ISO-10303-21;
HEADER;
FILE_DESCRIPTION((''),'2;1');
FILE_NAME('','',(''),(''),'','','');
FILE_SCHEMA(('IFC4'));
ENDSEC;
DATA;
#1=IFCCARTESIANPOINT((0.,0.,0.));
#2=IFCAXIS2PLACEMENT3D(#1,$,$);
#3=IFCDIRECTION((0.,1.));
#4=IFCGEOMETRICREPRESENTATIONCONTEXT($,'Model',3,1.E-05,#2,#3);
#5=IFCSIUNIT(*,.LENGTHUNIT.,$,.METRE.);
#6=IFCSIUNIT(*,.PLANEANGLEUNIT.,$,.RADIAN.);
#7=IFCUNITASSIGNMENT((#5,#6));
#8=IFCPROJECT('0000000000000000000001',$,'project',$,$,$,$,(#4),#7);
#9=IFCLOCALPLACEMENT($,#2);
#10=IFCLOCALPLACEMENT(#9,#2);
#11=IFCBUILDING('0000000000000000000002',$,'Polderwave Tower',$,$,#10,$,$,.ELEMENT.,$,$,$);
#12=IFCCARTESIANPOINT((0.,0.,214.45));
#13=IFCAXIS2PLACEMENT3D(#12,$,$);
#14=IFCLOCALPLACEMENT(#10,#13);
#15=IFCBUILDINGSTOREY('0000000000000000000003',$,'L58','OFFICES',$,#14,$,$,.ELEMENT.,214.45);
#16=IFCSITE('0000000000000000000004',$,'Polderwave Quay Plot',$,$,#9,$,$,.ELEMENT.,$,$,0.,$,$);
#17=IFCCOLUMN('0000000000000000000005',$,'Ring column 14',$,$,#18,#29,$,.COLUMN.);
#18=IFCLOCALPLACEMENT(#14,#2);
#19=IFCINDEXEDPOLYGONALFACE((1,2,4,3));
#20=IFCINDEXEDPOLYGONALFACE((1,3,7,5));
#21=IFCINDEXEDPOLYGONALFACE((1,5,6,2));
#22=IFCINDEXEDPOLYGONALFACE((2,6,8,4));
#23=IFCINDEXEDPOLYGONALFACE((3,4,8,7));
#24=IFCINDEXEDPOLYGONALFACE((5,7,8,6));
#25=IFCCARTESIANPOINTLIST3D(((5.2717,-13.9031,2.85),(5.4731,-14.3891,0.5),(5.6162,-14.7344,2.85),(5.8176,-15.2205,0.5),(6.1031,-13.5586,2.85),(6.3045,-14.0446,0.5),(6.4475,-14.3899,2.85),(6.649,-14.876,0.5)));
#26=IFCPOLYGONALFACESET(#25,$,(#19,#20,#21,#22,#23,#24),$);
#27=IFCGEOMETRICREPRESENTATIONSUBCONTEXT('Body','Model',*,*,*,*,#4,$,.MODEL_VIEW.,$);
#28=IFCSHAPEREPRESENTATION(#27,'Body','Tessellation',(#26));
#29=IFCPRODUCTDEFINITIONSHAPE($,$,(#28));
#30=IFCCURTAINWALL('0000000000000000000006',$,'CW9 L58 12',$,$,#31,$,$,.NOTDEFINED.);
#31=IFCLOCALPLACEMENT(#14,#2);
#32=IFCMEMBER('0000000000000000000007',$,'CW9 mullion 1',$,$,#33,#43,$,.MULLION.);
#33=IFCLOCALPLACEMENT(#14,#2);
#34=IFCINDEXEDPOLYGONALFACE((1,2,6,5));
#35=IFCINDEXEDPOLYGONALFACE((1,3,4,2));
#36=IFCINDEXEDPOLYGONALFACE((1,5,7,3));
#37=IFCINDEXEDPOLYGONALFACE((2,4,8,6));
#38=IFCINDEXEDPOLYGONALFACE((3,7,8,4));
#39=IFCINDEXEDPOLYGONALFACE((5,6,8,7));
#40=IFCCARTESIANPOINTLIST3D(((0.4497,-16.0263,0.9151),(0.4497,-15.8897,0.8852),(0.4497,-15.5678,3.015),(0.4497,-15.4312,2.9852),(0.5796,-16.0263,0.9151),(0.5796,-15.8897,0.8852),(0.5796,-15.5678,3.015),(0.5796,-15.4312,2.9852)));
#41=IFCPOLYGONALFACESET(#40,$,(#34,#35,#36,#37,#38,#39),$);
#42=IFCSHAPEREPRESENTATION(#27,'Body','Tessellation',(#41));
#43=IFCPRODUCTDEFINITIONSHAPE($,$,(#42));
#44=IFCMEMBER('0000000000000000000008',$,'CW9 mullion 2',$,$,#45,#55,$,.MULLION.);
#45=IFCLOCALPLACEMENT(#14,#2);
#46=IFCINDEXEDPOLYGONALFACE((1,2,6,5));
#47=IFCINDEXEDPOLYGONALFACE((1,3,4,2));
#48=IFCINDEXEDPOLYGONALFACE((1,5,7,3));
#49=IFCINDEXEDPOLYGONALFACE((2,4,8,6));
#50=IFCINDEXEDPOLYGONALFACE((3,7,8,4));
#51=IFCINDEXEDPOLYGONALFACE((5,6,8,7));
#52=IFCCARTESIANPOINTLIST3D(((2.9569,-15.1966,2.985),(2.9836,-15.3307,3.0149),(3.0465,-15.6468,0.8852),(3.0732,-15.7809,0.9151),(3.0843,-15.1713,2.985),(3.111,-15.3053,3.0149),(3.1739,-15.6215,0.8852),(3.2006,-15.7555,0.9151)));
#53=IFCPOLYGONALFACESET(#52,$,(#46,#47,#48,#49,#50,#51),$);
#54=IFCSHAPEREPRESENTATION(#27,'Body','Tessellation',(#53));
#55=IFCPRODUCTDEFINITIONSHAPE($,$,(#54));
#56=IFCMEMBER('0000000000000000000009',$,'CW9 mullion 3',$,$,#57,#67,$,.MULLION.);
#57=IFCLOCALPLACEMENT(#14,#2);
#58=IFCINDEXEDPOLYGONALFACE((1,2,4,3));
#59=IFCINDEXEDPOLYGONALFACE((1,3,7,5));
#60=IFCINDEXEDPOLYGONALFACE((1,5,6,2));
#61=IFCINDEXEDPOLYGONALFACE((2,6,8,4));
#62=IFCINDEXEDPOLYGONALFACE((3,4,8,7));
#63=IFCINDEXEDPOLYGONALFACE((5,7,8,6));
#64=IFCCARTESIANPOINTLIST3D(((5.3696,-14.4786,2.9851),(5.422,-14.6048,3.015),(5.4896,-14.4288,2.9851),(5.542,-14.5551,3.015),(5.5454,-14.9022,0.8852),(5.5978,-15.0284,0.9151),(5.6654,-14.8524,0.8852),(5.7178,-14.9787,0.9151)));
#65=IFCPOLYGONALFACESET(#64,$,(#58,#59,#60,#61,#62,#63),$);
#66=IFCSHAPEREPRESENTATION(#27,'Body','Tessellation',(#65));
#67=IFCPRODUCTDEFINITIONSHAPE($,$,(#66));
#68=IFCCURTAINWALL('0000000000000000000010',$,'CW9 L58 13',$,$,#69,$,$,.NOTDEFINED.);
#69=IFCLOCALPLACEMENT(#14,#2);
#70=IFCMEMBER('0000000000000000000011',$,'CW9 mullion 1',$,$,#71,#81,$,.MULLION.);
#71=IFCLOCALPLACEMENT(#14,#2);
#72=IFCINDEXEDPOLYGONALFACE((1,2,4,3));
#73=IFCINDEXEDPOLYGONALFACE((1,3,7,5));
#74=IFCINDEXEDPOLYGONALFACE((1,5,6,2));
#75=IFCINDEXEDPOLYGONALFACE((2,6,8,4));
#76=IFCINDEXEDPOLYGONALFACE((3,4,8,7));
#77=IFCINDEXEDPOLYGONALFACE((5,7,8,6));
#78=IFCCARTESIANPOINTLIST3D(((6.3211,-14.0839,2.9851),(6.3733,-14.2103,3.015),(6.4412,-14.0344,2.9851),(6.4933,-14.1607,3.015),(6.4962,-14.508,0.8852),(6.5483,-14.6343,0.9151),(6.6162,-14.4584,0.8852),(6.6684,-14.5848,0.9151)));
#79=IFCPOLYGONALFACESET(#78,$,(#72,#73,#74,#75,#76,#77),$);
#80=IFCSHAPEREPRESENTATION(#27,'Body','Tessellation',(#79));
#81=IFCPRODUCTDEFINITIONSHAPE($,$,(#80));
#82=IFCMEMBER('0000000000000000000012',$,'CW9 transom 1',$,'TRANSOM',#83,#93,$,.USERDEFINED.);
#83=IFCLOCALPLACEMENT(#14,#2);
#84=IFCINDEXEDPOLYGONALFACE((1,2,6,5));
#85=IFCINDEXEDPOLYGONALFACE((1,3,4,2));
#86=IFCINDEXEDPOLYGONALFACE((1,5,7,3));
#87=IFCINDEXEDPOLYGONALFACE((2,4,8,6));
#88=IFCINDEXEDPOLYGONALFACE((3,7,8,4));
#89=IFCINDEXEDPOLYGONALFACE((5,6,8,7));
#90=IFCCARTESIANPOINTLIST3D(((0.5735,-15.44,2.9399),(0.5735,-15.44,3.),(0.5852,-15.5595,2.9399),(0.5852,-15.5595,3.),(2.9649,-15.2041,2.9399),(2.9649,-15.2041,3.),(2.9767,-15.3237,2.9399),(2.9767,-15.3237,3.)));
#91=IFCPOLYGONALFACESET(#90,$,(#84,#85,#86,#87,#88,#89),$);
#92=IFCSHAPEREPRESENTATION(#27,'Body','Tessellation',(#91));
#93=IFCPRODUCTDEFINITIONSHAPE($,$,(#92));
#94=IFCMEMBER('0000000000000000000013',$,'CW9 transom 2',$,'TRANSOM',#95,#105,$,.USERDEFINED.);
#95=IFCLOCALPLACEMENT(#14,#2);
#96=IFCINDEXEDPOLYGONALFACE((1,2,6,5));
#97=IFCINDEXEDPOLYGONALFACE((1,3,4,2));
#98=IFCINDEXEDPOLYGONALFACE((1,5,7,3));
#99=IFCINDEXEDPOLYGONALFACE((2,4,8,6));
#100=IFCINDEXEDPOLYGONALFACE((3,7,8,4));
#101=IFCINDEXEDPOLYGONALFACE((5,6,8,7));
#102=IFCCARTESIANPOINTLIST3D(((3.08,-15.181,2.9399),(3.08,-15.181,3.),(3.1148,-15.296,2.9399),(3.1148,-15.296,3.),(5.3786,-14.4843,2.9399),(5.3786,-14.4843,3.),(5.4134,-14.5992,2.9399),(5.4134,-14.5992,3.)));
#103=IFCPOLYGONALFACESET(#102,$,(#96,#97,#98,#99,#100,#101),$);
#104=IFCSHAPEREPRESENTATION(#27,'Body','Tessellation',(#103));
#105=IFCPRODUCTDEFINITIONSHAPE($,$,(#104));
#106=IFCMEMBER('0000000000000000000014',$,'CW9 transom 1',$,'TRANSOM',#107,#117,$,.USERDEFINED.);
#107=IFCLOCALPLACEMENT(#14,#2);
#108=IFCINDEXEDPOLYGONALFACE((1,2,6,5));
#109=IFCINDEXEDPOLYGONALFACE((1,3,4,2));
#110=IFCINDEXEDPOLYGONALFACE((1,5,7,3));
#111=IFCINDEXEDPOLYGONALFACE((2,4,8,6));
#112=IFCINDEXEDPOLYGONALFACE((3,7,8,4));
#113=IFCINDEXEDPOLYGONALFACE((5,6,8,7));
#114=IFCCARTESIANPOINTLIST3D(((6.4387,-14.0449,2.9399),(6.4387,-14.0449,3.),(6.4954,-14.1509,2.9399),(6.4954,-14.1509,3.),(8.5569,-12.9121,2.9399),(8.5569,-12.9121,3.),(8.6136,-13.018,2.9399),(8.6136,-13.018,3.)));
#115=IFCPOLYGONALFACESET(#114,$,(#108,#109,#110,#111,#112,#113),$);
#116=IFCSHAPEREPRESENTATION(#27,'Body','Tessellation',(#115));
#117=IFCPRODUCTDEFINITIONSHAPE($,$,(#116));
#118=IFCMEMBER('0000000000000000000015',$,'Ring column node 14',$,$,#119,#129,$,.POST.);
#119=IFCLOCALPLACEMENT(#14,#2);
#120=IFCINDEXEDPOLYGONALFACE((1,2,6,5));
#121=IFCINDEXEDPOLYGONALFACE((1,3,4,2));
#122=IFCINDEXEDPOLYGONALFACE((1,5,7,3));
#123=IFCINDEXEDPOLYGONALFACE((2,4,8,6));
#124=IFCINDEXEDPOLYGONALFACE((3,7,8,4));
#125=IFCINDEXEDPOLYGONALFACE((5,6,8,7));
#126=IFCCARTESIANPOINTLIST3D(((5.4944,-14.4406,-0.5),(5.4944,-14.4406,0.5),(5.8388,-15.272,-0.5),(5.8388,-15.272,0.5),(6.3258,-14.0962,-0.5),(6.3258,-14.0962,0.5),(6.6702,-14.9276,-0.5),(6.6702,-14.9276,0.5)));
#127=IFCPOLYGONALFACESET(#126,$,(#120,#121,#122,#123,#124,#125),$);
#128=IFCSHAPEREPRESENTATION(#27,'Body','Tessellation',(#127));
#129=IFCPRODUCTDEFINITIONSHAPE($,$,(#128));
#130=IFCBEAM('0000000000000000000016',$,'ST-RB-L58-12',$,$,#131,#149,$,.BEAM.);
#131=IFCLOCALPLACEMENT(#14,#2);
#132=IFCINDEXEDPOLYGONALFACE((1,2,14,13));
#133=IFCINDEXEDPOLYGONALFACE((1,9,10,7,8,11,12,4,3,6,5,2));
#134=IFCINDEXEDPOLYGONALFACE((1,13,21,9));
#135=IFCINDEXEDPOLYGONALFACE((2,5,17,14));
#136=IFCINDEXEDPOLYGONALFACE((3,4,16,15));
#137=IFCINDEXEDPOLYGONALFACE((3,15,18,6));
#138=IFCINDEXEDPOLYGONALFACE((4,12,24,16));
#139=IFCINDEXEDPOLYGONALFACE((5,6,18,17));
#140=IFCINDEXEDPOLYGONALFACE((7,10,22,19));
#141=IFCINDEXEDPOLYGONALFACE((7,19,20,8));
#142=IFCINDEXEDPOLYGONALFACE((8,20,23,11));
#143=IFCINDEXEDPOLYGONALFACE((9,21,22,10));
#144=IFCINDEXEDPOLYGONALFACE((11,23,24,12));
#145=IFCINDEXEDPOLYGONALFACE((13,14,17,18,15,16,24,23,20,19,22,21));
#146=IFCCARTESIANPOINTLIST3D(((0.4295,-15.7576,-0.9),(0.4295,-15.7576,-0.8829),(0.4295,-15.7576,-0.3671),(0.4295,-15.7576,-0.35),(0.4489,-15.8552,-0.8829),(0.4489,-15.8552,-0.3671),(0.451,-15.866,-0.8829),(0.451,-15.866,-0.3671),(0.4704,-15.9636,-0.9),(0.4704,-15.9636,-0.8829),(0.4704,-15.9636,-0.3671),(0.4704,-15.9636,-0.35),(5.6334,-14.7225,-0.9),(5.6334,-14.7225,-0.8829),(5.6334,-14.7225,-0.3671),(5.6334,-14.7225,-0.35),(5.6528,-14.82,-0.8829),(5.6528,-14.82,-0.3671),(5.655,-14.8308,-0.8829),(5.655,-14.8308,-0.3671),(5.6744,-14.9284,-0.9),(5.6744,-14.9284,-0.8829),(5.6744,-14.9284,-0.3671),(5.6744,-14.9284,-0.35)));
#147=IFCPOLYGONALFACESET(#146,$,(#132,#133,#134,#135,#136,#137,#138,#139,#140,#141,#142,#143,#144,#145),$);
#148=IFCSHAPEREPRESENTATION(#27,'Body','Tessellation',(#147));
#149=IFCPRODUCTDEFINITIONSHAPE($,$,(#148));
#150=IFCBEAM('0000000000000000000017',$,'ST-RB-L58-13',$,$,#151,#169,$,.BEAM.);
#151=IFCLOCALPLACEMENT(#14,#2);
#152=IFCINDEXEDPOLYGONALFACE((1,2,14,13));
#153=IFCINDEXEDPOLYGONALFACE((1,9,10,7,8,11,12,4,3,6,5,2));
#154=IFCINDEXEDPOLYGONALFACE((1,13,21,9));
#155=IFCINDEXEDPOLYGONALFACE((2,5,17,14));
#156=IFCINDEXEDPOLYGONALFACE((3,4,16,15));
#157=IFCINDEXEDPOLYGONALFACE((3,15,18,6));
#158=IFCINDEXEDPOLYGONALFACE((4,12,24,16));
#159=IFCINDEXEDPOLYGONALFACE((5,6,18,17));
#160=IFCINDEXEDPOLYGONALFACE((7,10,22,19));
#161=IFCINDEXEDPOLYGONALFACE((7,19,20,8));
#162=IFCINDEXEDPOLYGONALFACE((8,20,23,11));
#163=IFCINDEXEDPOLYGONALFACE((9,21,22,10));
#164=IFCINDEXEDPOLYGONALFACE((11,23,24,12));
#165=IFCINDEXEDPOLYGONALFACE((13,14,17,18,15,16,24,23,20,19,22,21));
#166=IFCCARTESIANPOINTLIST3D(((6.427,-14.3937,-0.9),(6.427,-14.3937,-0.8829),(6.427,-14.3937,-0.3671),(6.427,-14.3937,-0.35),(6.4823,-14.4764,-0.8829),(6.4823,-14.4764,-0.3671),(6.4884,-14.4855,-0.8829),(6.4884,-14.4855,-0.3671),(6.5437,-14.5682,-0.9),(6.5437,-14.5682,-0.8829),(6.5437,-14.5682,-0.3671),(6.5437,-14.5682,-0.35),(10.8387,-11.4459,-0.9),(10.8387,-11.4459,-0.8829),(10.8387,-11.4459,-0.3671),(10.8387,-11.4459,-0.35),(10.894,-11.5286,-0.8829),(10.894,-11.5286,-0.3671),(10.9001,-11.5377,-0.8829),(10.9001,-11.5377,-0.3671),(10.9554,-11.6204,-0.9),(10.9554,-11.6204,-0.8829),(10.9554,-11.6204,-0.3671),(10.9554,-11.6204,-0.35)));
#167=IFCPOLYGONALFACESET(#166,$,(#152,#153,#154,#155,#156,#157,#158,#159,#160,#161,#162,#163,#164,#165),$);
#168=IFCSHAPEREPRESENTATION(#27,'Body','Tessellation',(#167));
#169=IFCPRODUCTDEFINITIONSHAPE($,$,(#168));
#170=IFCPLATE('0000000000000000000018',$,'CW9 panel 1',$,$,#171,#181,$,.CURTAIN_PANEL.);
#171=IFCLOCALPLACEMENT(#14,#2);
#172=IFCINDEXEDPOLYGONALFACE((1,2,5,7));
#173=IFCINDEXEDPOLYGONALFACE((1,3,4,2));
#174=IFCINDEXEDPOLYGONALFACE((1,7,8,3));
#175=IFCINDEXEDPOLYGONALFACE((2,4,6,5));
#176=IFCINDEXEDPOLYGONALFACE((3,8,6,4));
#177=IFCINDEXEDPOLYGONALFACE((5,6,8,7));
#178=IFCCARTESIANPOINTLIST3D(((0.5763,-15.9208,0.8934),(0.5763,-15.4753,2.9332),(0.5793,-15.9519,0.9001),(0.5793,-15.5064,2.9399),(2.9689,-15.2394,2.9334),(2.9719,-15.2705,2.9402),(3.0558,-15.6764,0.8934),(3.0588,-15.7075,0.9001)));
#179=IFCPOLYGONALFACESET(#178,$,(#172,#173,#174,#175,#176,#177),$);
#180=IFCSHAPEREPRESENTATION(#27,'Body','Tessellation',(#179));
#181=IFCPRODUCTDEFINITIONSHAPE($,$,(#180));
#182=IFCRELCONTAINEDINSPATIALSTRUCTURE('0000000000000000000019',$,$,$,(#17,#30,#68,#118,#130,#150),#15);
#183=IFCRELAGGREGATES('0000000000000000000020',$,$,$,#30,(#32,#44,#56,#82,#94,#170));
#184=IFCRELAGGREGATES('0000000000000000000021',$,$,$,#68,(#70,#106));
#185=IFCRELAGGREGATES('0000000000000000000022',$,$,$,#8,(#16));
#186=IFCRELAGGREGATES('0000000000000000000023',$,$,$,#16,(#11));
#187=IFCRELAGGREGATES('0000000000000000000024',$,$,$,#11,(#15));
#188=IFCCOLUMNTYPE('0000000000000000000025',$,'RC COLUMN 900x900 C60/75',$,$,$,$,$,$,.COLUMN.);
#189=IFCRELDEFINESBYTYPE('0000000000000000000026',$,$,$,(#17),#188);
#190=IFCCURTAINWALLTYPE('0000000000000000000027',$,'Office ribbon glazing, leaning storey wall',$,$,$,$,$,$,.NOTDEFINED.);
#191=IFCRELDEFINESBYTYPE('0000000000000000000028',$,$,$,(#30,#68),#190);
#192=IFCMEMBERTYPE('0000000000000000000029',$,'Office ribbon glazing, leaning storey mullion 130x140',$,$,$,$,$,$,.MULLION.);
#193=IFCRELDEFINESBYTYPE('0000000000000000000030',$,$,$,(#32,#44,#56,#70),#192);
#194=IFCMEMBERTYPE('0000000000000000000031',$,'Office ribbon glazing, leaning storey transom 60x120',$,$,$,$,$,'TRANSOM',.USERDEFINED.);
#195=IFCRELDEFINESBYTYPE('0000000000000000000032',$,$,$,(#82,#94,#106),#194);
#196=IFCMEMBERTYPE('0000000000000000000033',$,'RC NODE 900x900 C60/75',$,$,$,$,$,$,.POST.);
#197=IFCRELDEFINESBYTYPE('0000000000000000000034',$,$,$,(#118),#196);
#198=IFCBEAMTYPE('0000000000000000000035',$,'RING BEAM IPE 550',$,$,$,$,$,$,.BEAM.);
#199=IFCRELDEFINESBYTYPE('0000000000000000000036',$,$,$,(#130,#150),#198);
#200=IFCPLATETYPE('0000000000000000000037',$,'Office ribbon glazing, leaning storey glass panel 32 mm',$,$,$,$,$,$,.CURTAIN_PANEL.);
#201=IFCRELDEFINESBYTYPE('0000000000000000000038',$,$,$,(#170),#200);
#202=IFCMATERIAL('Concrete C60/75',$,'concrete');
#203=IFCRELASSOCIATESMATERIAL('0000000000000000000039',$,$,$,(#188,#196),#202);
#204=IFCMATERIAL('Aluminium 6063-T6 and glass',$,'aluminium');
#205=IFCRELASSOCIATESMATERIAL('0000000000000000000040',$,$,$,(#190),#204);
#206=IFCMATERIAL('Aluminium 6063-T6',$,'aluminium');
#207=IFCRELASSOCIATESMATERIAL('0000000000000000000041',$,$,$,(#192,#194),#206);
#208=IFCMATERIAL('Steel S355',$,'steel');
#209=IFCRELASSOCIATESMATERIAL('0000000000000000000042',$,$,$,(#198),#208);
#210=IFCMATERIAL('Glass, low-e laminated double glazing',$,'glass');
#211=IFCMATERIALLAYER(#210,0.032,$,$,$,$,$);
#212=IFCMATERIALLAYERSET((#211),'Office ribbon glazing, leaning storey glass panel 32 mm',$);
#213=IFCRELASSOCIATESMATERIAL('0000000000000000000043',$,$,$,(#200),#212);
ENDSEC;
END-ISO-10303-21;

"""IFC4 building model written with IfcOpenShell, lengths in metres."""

from ifc_helpers import new_model, si_unit, direction, frame, origin, origin_2d, place, context, subcontext, project, spatial, polyline, rectangle, i_section, outline, extrude, material, layer, layer_set, material_profile, profile_set, type_object, element, aggregate, save


model = new_model("IFC4")

# Units and contexts
model_context = context("Model", 3, precision=1e-05, world=origin(), true_north=direction((0.0, 1.0)))
body_context = subcontext(model_context, "Body", "Model", "MODEL_VIEW")
ifc_project = project(units=[si_unit("LENGTHUNIT", "METRE"), si_unit("PLANEANGLEUNIT", "RADIAN")], contexts=[model_context])

# Site, building, storey
site_placement = place(None, origin())
site = spatial("IfcSite", under=ifc_project, at=site_placement, Name="Polderwave Quay Plot", CompositionType="ELEMENT", RefElevation=0.0)
building_placement = place(site_placement, origin())
building = spatial("IfcBuilding", under=site, at=building_placement, Name="Polderwave Tower", CompositionType="ELEMENT")
storey_placement = place(building_placement, frame((0.0, 0.0, 214.45)))
storey = spatial("IfcBuildingStorey", under=building, at=storey_placement, Name="L58", Description="OFFICES", CompositionType="ELEMENT", Elevation=214.45)

# Column
ifc_material_1 = material(Name="Concrete C60/75", Category="concrete")
ifc_material_profile_1 = material_profile(ifc_material_1, rectangle(XDim=0.8999, YDim=0.8999, at=origin_2d()), Name="RC 900x900")
ifc_profile_set_1 = profile_set([ifc_material_profile_1], Name="Concrete C60/75")
column_type = type_object("IfcColumnType", Name="RC COLUMN 900x900 C60/75", PredefinedType="COLUMN", material=ifc_profile_set_1)
column_placement = place(storey_placement, frame((6.061, -14.6326, 0.5), z_axis=(0.0, 0.0, 1.0), x_axis=(-0.92383, -0.382803, 0.0)))
element("IfcColumn", 1, at=column_placement, inside=storey, type_object=column_type, Name="Ring column 14", PredefinedType="COLUMN", context=body_context, shape_type="SweptSolid", body=[
    extrude(rectangle(XDim=0.8999, YDim=0.8999, at=origin_2d()), origin(), (0.0, -0.21848, 0.975841), 2.4082),
])

# Curtain wall, members
ifc_material_2 = material(Name="Aluminium 6063-T6 and glass", Category="aluminium")
curtain_wall_type = type_object("IfcCurtainWallType", Name="Office ribbon glazing, leaning storey wall", PredefinedType="NOTDEFINED", material=ifc_material_2)
curtain_wall_1_placement = place(storey_placement, origin())
curtain_wall_1 = element("IfcCurtainWall", 2, at=curtain_wall_1_placement, inside=storey, type_object=curtain_wall_type, Name="CW9 L58 12", PredefinedType="NOTDEFINED")
ifc_material_3 = material(Name="Aluminium 6063-T6", Category="aluminium")
ifc_material_profile_2 = material_profile(ifc_material_3, rectangle(XDim=0.1299, YDim=0.1399, at=origin_2d()), Name="AL 130x140")
ifc_profile_set_2 = profile_set([ifc_material_profile_2], Name="Aluminium 6063-T6")
member_type_1 = type_object("IfcMemberType", Name="Office ribbon glazing, leaning storey mullion 130x140", PredefinedType="MULLION", material=ifc_profile_set_2)
member_1_placement = place(storey_placement, frame((0.5146, -15.958, 0.9001), z_axis=(0.0, 0.213321, 0.976982), x_axis=(-1.0, 0.0, 0.0)))
member_1 = element("IfcMember", 3, at=member_1_placement, type_object=member_type_1, Name="CW9 mullion 1", PredefinedType="MULLION", context=body_context, shape_type="SweptSolid", body=[
    extrude(rectangle(XDim=0.1299, YDim=0.1399, at=origin_2d()), origin(), (0.0, 0.0, 1.0), 2.1494),
])
member_2_placement = place(storey_placement, frame((3.1235, -15.7012, 0.9001), z_axis=(-0.041685, 0.209448, 0.976931), x_axis=(-0.980764, -0.195196, 0.0)))
member_2 = element("IfcMember", 4, at=member_2_placement, type_object=member_type_1, Name="CW9 mullion 2", PredefinedType="MULLION", context=body_context, shape_type="SweptSolid", body=[
    extrude(rectangle(XDim=0.1299, YDim=0.1399, at=origin_2d()), origin(), (0.0, 0.0, 1.0), 2.1494),
])
member_3_placement = place(storey_placement, frame((5.6316, -14.9404, 0.9001), z_axis=(-0.081783, 0.197075, 0.976971), x_axis=(-0.923627, -0.383292, 0.0)))
member_3 = element("IfcMember", 5, at=member_3_placement, type_object=member_type_1, Name="CW9 mullion 3", PredefinedType="MULLION", context=body_context, shape_type="SweptSolid", body=[
    extrude(rectangle(XDim=0.1299, YDim=0.1399, at=origin_2d()), origin(), (0.0, 0.0, 1.0), 2.1494),
])

# Curtain wall, member
curtain_wall_2_placement = place(storey_placement, origin())
curtain_wall_2 = element("IfcCurtainWall", 6, at=curtain_wall_2_placement, inside=storey, type_object=curtain_wall_type, Name="CW9 L58 13", PredefinedType="NOTDEFINED")
member_4_placement = place(storey_placement, frame((6.5823, -14.5464, 0.9001), z_axis=(-0.081441, 0.197299, 0.976955), x_axis=(-0.924347, -0.381553, 0.0)))
member_4 = element("IfcMember", 7, at=member_4_placement, type_object=member_type_1, Name="CW9 mullion 1", PredefinedType="MULLION", context=body_context, shape_type="SweptSolid", body=[
    extrude(rectangle(XDim=0.1299, YDim=0.1399, at=origin_2d()), origin(), (0.0, 0.0, 1.0), 2.1494),
])

# Members
ifc_material_profile_3 = material_profile(ifc_material_3, rectangle(XDim=0.1201, YDim=0.0601, at=origin_2d()), Name="AL 60x120")
ifc_profile_set_3 = profile_set([ifc_material_profile_3], Name="Aluminium 6063-T6")
member_type_2 = type_object("IfcMemberType", Name="Office ribbon glazing, leaning storey transom 60x120", ElementType="TRANSOM", PredefinedType="USERDEFINED", material=ifc_profile_set_3)
member_5_placement = place(storey_placement, frame((0.5793, -15.4998, 2.97), z_axis=(0.995172, 0.098146, 0.0), x_axis=(-0.098146, 0.995172, 0.0)))
member_5 = element("IfcMember", 8, at=member_5_placement, type_object=member_type_2, Name="CW9 transom 1", ObjectType="TRANSOM", PredefinedType="USERDEFINED", context=body_context, shape_type="SweptSolid", body=[
    extrude(rectangle(XDim=0.1201, YDim=0.0601, at=origin_2d()), origin(), (0.0, 0.0, 1.0), 2.4031),
])
member_6_placement = place(storey_placement, frame((3.0974, -15.2385, 2.97), z_axis=(0.956997, 0.290098, 0.0), x_axis=(-0.290098, 0.956997, 0.0)))
member_6 = element("IfcMember", 9, at=member_6_placement, type_object=member_type_2, Name="CW9 transom 2", ObjectType="TRANSOM", PredefinedType="USERDEFINED", context=body_context, shape_type="SweptSolid", body=[
    extrude(rectangle(XDim=0.1201, YDim=0.0601, at=origin_2d()), origin(), (0.0, 0.0, 1.0), 2.4019),
])
member_7_placement = place(storey_placement, frame((6.467, -14.0979, 2.97), z_axis=(0.881812, 0.471601, 0.0), x_axis=(-0.471601, 0.881812, 0.0)))
member_7 = element("IfcMember", 10, at=member_7_placement, type_object=member_type_2, Name="CW9 transom 1", ObjectType="TRANSOM", PredefinedType="USERDEFINED", context=body_context, shape_type="SweptSolid", body=[
    extrude(rectangle(XDim=0.1201, YDim=0.0601, at=origin_2d()), origin(), (0.0, 0.0, 1.0), 2.4021),
])
ifc_material_profile_4 = material_profile(ifc_material_1, rectangle(XDim=0.8999, YDim=0.8999, at=origin_2d()), Name="RC 900x900")
ifc_profile_set_4 = profile_set([ifc_material_profile_4], Name="Concrete C60/75")
member_type_3 = type_object("IfcMemberType", Name="RC NODE 900x900 C60/75", PredefinedType="POST", material=ifc_profile_set_4)
member_8_placement = place(storey_placement, frame((6.0823, -14.6841, -0.5), z_axis=(0.0, 0.0, 1.0), x_axis=(0.382683, -0.92388, 0.0)))
element("IfcMember", 11, at=member_8_placement, inside=storey, type_object=member_type_3, Name="Ring column node 14", PredefinedType="POST", context=body_context, shape_type="SweptSolid", body=[
    extrude(rectangle(XDim=0.8999, YDim=0.8999, at=origin_2d()), origin(), (0.0, 0.0, 1.0), 1.0),
])

# Beams
ifc_material_4 = material(Name="Steel S355", Category="steel")
ifc_material_profile_5 = material_profile(ifc_material_4, i_section(OverallWidth=0.21, OverallDepth=0.55, WebThickness=0.011, FlangeThickness=0.0171, at=origin_2d()), Name="IPE 550")
ifc_profile_set_5 = profile_set([ifc_material_profile_5], Name="Steel S355")
beam_type = type_object("IfcBeamType", Name="RING BEAM IPE 550", PredefinedType="BEAM", material=ifc_profile_set_5)
for number, where, z_axis, x_axis, name in (
    (12, (0.45, -15.8606, -0.625), (0.980784, 0.195098, 0.0), (-0.195098, 0.980784, 0.0), "ST-RB-L58-12"),
    (13, (6.4854, -14.481, -0.625), (0.831469, 0.555571, 0.0), (-0.555571, 0.831469, 0.0), "ST-RB-L58-13"),
):
    element("IfcBeam", number, at=place(storey_placement, frame(where, z_axis=z_axis, x_axis=x_axis)), inside=storey, type_object=beam_type, Name=name, PredefinedType="BEAM", context=body_context, shape_type="SweptSolid", body=[
        extrude(i_section(OverallWidth=0.21, OverallDepth=0.55, WebThickness=0.011, FlangeThickness=0.0171, at=origin_2d()), origin(), (0.0, 0.0, 1.0), 5.3059),
    ])

# Plate
ifc_material_5 = material(Name="Glass, low-e laminated double glazing", Category="glass")
ifc_layer_1 = layer(ifc_material_5, 0.032)
ifc_layer_set_1 = layer_set([ifc_layer_1], Name="Office ribbon glazing, leaning storey glass panel 32 mm")
plate_type = type_object("IfcPlateType", Name="Office ribbon glazing, leaning storey glass panel 32 mm", PredefinedType="CURTAIN_PANEL", material=ifc_layer_set_1)
plate_1_placement = place(storey_placement, frame((0.5793, -15.9519, 0.9001), z_axis=(0.095843, -0.972469, 0.212411), x_axis=(0.995178, 0.098081, 0.000001)))
plate_1 = element("IfcPlate", 14, at=plate_1_placement, type_object=plate_type, Name="CW9 panel 1", PredefinedType="CURTAIN_PANEL", context=body_context, shape_type="SweptSolid", body=[
    extrude(outline(polyline([(0.0, 0.0), (2.4915, 0.0), (2.4479, 2.0877), (0.0437, 2.0874), (0.0, 0.0)])), origin(), (0.0, 0.0, -1.0), 0.032),
])
aggregate(curtain_wall_1, [member_1, member_2, member_3, member_5, member_6, plate_1])
aggregate(curtain_wall_2, [member_4, member_7])

save(model, "model.ifc")
